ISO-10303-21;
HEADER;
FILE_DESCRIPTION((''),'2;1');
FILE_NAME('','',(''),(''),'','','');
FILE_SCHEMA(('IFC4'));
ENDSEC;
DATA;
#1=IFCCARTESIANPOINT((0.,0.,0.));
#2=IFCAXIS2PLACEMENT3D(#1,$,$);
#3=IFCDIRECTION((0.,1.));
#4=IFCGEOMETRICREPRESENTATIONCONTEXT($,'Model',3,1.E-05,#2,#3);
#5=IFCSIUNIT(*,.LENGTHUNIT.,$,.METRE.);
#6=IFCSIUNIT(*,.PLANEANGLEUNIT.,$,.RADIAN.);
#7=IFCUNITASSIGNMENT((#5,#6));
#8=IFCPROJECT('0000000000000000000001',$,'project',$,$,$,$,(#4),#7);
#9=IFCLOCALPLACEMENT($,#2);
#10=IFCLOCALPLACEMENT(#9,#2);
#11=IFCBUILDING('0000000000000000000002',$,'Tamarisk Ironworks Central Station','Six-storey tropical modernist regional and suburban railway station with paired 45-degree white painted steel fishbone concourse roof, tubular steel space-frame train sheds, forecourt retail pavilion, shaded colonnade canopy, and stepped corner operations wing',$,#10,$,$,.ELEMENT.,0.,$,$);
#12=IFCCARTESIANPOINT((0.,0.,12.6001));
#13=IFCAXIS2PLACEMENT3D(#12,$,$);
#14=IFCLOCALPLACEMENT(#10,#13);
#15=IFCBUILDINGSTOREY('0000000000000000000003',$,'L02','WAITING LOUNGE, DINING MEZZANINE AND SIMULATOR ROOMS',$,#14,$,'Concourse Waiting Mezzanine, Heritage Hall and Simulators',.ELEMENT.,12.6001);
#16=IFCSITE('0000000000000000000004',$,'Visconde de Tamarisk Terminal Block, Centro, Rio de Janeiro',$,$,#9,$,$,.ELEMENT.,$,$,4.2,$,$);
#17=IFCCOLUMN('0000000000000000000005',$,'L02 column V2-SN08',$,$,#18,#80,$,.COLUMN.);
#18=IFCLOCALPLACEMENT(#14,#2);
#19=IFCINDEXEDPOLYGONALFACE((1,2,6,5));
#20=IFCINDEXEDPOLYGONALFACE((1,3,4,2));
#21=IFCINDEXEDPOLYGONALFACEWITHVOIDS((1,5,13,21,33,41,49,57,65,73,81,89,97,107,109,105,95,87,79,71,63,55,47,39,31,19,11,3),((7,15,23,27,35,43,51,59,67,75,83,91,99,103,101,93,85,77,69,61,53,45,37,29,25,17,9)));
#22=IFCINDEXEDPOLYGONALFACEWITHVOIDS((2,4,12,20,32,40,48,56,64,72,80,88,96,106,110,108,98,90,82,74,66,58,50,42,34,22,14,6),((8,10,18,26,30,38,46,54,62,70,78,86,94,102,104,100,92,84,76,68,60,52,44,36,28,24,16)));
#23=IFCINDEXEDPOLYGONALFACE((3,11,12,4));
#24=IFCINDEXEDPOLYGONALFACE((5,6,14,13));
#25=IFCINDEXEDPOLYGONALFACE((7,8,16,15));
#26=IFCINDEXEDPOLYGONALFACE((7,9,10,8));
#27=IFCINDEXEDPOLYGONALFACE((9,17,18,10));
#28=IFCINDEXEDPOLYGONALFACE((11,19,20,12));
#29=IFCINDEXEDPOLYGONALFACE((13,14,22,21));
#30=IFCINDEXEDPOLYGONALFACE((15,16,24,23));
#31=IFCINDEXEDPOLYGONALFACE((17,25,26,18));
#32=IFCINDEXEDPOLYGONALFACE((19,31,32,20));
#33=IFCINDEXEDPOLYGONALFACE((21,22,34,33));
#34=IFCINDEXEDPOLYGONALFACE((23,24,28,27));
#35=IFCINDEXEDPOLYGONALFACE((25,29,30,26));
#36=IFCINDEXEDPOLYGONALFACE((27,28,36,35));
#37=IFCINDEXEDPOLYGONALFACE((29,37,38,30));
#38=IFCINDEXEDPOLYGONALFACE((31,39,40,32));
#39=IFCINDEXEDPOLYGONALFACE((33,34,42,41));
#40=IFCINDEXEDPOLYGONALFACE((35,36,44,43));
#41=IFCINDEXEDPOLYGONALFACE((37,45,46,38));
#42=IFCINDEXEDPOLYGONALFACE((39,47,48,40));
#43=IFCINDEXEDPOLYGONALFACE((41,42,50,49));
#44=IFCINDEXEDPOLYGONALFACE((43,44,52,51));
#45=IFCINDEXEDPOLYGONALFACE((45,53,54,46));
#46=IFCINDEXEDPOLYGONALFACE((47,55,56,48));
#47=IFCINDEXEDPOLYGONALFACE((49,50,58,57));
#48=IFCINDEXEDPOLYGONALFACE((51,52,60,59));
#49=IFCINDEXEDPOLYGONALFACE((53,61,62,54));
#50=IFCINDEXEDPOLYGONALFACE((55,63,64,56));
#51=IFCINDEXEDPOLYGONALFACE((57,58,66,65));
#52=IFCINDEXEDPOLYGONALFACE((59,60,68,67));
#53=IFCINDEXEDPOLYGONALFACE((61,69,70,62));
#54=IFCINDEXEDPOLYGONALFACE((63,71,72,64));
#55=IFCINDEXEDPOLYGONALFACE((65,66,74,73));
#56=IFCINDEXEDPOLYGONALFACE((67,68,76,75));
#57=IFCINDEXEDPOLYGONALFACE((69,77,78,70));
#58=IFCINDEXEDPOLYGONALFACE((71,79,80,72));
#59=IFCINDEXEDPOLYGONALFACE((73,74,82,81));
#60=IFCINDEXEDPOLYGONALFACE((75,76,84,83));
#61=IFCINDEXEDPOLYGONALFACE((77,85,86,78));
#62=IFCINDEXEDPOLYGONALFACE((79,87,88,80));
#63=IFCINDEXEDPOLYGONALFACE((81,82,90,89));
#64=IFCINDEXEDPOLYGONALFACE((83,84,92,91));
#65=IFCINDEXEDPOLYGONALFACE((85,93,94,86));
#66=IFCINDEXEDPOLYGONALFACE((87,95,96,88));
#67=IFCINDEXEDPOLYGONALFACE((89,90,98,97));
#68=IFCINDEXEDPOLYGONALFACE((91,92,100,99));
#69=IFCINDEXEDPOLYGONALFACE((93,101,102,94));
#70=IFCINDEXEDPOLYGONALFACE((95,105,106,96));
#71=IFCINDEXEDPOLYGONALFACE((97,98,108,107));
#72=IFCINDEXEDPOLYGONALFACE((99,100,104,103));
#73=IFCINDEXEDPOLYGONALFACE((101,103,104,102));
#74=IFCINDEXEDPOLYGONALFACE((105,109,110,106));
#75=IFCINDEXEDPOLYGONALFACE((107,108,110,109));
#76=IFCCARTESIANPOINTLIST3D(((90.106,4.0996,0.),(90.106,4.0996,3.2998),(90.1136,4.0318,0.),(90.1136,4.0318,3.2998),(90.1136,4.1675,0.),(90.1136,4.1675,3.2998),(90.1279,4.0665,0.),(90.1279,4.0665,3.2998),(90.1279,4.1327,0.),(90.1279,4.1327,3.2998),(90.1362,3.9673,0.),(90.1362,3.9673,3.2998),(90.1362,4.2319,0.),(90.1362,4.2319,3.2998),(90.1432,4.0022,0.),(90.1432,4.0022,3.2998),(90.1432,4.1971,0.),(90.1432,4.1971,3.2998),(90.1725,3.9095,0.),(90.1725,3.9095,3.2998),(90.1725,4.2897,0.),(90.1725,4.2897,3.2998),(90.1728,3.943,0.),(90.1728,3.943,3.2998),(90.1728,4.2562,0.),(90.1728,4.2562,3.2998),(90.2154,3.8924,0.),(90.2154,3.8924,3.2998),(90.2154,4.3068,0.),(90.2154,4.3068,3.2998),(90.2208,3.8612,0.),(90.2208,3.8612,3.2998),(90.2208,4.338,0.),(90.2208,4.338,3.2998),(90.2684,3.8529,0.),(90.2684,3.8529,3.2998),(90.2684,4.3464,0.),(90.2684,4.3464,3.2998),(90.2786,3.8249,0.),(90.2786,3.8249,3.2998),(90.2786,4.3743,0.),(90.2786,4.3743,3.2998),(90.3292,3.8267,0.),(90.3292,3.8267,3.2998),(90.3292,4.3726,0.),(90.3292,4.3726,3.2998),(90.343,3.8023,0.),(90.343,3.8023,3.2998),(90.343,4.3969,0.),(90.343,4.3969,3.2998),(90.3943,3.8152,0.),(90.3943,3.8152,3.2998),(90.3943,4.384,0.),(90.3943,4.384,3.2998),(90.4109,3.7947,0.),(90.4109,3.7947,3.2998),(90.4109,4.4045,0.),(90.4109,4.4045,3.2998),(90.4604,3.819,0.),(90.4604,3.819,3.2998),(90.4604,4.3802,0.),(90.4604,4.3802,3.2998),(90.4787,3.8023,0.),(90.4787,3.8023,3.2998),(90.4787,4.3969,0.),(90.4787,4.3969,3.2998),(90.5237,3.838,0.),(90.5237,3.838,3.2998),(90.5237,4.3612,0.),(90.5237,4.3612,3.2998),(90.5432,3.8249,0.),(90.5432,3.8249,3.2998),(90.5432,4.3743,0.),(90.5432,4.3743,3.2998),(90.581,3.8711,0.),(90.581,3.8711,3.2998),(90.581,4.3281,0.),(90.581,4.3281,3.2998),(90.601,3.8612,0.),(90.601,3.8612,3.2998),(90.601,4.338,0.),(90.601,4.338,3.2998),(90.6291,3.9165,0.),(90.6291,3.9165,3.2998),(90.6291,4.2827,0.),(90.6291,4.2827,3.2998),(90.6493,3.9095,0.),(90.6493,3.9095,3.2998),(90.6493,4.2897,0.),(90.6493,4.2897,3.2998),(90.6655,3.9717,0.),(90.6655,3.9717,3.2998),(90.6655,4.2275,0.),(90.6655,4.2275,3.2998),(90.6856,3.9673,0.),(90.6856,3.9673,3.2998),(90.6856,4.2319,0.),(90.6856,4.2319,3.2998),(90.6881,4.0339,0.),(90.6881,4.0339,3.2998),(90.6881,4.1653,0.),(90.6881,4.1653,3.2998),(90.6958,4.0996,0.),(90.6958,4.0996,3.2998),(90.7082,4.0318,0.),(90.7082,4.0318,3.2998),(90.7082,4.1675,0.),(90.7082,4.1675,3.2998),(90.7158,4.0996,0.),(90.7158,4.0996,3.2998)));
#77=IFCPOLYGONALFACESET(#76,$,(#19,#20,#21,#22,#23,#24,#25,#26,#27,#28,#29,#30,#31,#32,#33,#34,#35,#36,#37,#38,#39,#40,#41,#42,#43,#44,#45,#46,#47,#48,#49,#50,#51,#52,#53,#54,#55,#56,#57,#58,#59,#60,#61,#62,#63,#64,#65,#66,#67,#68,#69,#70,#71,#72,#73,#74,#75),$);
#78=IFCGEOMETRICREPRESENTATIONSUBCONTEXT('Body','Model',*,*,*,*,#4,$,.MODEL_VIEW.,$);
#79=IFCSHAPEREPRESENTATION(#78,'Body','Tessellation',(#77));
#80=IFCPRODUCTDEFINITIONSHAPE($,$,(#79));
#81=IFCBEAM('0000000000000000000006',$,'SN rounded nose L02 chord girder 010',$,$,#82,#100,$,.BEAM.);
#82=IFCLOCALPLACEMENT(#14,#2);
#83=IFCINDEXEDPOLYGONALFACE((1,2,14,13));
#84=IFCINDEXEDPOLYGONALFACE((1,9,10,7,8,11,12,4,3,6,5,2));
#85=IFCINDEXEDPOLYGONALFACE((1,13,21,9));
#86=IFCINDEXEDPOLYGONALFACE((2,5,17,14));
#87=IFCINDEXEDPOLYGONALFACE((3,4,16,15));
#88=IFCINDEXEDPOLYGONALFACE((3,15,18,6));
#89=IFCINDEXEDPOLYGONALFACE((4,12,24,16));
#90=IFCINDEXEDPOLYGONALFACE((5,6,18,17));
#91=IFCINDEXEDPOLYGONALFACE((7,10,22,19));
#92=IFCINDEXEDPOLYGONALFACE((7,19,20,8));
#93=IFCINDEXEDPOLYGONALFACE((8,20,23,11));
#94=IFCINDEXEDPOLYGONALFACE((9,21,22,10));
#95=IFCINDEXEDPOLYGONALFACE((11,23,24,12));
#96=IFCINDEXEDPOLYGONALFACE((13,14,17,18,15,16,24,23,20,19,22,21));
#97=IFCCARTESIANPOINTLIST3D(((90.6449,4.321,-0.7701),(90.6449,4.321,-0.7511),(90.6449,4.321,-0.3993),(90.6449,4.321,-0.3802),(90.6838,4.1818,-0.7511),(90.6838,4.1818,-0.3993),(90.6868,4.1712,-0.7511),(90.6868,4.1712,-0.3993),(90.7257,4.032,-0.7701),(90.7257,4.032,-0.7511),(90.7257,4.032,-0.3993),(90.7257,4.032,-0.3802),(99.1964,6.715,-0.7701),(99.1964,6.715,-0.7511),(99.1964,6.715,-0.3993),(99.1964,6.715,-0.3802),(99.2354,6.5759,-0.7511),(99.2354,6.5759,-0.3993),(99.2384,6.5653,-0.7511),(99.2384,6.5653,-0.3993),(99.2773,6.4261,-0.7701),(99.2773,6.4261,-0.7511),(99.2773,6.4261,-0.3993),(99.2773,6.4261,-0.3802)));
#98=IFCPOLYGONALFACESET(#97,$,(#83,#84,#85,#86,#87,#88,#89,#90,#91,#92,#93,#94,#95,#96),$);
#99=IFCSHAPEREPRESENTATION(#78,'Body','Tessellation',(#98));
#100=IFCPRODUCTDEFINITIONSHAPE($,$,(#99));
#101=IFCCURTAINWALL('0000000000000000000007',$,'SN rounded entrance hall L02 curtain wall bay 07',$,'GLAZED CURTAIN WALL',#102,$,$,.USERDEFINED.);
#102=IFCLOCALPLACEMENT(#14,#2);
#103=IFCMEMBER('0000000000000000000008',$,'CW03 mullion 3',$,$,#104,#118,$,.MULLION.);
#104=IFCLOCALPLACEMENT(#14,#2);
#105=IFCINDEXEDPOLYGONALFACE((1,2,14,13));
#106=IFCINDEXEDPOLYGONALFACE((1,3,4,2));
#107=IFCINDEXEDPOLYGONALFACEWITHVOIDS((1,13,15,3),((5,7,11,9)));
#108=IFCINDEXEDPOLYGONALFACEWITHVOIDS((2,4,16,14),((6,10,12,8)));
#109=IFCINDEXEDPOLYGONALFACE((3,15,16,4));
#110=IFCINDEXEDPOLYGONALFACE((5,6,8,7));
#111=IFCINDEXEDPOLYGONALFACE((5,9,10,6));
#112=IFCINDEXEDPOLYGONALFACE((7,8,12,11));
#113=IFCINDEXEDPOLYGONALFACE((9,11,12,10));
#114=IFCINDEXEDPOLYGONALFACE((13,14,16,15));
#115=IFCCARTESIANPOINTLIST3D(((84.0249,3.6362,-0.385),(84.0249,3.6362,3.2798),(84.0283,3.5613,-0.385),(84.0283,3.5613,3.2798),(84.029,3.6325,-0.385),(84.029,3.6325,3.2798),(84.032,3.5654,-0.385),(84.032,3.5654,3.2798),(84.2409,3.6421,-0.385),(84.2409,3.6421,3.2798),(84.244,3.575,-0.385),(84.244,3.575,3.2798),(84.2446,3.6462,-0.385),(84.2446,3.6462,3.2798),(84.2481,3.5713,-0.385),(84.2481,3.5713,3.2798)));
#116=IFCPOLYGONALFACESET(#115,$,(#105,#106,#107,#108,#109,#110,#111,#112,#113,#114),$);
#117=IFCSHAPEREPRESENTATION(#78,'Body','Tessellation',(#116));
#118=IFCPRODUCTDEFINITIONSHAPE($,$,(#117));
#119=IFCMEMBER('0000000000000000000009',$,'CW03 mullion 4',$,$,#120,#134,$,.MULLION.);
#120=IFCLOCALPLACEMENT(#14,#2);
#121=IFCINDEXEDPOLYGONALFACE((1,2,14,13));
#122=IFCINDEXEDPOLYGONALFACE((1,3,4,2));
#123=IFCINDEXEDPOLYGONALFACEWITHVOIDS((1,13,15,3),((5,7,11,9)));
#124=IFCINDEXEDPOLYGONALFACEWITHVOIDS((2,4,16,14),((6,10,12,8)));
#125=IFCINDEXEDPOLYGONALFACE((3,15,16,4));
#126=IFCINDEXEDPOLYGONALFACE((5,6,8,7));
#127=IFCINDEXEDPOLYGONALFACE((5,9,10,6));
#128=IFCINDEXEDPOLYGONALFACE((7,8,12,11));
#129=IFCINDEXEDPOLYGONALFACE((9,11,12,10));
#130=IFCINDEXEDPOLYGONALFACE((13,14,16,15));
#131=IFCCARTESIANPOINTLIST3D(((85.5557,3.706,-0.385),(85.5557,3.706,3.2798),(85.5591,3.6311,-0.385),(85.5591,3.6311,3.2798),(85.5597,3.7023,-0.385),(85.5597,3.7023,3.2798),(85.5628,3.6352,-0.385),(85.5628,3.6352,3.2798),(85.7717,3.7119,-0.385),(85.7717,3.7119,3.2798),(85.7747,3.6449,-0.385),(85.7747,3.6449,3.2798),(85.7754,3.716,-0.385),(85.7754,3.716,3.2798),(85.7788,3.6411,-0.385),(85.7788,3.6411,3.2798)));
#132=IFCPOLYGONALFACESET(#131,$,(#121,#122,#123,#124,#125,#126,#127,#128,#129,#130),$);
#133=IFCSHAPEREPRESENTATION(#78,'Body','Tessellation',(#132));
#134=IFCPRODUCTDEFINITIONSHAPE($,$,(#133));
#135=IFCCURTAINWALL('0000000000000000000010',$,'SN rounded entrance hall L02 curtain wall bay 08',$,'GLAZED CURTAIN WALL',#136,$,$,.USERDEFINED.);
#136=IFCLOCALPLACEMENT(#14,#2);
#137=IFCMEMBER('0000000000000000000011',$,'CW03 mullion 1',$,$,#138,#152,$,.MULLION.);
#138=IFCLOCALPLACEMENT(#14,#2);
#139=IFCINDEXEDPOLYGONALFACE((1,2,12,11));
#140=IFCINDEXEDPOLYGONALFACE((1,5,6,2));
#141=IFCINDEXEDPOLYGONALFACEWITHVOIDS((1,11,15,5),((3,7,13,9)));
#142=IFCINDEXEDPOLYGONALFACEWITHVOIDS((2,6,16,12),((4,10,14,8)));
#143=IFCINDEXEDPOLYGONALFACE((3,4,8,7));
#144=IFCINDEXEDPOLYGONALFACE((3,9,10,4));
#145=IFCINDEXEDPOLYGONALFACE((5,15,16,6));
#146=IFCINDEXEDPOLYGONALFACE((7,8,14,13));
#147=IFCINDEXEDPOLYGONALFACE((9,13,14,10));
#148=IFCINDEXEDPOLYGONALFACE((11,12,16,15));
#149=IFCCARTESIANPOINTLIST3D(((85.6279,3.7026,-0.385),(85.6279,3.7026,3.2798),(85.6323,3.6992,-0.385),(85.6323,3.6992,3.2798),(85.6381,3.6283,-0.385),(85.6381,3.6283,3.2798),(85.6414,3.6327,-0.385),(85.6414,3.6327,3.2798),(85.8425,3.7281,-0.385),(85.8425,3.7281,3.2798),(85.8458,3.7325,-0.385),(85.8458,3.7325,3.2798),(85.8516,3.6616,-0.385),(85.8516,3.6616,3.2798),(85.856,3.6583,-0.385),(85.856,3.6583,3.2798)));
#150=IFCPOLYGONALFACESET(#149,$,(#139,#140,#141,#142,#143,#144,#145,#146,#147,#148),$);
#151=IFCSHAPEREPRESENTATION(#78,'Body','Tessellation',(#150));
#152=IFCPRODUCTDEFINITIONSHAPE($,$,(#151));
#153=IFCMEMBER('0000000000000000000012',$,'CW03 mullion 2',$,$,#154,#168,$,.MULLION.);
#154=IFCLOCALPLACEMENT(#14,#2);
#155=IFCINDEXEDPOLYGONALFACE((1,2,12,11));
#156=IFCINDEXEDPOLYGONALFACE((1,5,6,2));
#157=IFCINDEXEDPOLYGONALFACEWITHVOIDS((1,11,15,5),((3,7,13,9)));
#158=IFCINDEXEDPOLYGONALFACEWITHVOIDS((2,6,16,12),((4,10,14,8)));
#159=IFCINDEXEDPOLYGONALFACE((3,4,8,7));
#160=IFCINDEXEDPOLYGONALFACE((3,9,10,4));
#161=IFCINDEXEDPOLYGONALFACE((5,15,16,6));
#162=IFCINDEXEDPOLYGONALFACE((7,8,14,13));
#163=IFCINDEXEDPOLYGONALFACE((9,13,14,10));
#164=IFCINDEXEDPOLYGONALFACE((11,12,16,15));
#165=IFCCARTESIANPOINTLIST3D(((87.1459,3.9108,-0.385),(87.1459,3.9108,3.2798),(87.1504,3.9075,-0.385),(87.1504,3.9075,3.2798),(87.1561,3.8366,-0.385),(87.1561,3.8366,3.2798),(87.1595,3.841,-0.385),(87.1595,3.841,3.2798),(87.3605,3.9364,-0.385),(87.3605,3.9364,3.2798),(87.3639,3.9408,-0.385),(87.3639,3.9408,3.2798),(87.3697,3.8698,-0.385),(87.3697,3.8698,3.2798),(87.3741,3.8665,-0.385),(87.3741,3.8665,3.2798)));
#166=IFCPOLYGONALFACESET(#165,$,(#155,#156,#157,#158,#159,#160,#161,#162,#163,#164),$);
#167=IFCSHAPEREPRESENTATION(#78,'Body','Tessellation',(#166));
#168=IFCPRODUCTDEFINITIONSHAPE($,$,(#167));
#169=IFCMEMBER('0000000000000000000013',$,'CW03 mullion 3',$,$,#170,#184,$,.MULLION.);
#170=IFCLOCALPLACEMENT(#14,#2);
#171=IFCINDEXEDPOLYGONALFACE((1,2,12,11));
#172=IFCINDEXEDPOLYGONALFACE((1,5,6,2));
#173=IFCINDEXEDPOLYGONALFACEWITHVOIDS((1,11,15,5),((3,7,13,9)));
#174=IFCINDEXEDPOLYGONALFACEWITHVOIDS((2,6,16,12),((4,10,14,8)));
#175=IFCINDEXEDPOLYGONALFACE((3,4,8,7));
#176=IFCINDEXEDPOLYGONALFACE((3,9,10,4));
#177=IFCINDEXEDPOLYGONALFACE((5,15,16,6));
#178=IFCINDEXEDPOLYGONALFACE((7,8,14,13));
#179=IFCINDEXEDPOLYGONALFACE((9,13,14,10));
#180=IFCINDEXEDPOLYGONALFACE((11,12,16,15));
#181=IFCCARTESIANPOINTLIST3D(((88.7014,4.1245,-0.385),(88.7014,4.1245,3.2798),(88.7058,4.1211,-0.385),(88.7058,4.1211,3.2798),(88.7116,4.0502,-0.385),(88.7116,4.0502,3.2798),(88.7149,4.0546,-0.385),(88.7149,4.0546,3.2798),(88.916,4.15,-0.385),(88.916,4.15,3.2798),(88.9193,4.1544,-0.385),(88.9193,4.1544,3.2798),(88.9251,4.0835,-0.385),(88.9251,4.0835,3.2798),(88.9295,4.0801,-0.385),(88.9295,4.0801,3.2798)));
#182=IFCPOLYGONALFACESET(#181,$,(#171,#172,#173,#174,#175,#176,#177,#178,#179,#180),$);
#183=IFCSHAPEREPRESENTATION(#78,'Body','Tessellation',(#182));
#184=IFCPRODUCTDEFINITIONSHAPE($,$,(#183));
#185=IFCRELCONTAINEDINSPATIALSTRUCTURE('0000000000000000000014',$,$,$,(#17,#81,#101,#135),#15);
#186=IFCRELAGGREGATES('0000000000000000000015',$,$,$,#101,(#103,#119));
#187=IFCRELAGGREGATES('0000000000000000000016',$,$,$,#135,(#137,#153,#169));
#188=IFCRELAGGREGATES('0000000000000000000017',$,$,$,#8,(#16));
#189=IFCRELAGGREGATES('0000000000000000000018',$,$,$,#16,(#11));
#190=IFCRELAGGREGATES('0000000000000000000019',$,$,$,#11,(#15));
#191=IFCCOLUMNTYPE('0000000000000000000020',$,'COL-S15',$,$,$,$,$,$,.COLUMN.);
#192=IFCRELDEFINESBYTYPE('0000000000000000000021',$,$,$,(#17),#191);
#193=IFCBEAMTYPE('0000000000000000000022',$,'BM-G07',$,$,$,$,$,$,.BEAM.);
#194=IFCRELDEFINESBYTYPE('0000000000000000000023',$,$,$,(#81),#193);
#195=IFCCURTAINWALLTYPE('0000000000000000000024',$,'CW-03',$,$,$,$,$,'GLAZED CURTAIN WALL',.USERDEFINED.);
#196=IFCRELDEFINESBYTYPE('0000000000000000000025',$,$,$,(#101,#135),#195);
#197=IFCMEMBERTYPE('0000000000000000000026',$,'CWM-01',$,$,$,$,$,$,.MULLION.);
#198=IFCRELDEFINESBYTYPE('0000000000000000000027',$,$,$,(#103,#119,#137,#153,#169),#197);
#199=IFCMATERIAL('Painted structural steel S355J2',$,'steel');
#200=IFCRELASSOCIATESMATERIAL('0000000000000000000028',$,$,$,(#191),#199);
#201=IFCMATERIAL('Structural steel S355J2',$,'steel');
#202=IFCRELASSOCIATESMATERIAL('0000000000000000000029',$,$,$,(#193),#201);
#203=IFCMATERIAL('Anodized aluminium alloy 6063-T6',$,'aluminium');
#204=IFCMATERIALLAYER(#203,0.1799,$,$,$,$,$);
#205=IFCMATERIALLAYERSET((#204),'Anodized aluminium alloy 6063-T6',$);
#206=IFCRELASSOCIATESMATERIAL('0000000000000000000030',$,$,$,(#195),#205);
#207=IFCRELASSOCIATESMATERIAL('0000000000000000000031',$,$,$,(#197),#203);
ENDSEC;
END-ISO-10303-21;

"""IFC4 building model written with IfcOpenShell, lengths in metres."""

from ifc_helpers import new_model, si_unit, direction, frame, origin, origin_2d, place, context, subcontext, project, spatial, hollow_rectangle, hollow_circle, i_section, extrude, material, layer, layer_set, material_profile, profile_set, type_object, element, aggregate, save


model = new_model("IFC4")

# Units and contexts
model_context = context("Model", 3, precision=1e-05, world=origin(), true_north=direction((0.0, 1.0)))
body_context = subcontext(model_context, "Body", "Model", "MODEL_VIEW")
ifc_project = project(units=[si_unit("LENGTHUNIT", "METRE"), si_unit("PLANEANGLEUNIT", "RADIAN")], contexts=[model_context])

# Site, building, storey
site_placement = place(None, origin())
site = spatial("IfcSite", under=ifc_project, at=site_placement, Name="Visconde de Tamarisk Terminal Block, Centro, Rio de Janeiro", CompositionType="ELEMENT", RefElevation=4.2)
building_placement = place(site_placement, origin())
building = spatial("IfcBuilding", under=site, at=building_placement, Name="Tamarisk Ironworks Central Station", Description="Six-storey tropical modernist regional and suburban railway station with paired 45-degree white painted steel fishbone concourse roof, tubular steel space-frame train sheds, forecourt retail pavilion, shaded colonnade canopy, and stepped corner operations wing", CompositionType="ELEMENT", ElevationOfRefHeight=0.0)
storey_placement = place(building_placement, frame((0.0, 0.0, 12.6001)))
storey = spatial("IfcBuildingStorey", under=building, at=storey_placement, Name="L02", Description="WAITING LOUNGE, DINING MEZZANINE AND SIMULATOR ROOMS", LongName="Concourse Waiting Mezzanine, Heritage Hall and Simulators", CompositionType="ELEMENT", Elevation=12.6001)

# Column
ifc_material_1 = material(Name="Painted structural steel S355J2", Category="steel")
ifc_material_profile_1 = material_profile(ifc_material_1, hollow_circle(Radius=0.3049, WallThickness=0.02, at=origin_2d()), Name="CHS 610x20")
ifc_profile_set_1 = profile_set([ifc_material_profile_1], Name="Painted structural steel S355J2")
column_type = type_object("IfcColumnType", Name="COL-S15", PredefinedType="COLUMN", material=ifc_profile_set_1)
column_placement = place(storey_placement, frame((90.4109, 4.0996, 0.0), z_axis=(0.0, 0.0, 1.0), x_axis=(1.0, 0.0, 0.0)))
element("IfcColumn", 1, at=column_placement, inside=storey, type_object=column_type, Name="L02 column V2-SN08", PredefinedType="COLUMN", context=body_context, shape_type="SweptSolid", body=[
    extrude(hollow_circle(Radius=0.3049, WallThickness=0.02, at=origin_2d()), origin(), (0.0, 0.0, 1.0), 3.2998),
])

# Beam
ifc_material_2 = material(Name="Structural steel S355J2", Category="steel")
ifc_material_profile_2 = material_profile(ifc_material_2, i_section(OverallWidth=0.3, OverallDepth=0.3899, WebThickness=0.011, FlangeThickness=0.019, at=origin_2d()), Name="HEA 400")
ifc_profile_set_2 = profile_set([ifc_material_profile_2], Name="Structural steel S355J2")
beam_type = type_object("IfcBeamType", Name="BM-G07", PredefinedType="BEAM", material=ifc_profile_set_2)
beam_placement = place(storey_placement, frame((90.6853, 4.1765, -0.5752), z_axis=(0.962975, 0.26959, 0.0), x_axis=(-0.26959, 0.962975, 0.0)))
element("IfcBeam", 2, at=beam_placement, inside=storey, type_object=beam_type, Name="SN rounded nose L02 chord girder 010", PredefinedType="BEAM", context=body_context, shape_type="SweptSolid", body=[
    extrude(i_section(OverallWidth=0.3, OverallDepth=0.3899, WebThickness=0.011, FlangeThickness=0.019, at=origin_2d()), origin(), (0.0, 0.0, 1.0), 8.8804),
])

# Curtain walls, members
ifc_material_3 = material(Name="Anodized aluminium alloy 6063-T6", Category="aluminium")
ifc_layer_1 = layer(ifc_material_3, 0.1799)
ifc_layer_set_1 = layer_set([ifc_layer_1], Name="Anodized aluminium alloy 6063-T6")
curtain_wall_type = type_object("IfcCurtainWallType", Name="CW-03", ElementType="GLAZED CURTAIN WALL", PredefinedType="USERDEFINED", material=ifc_layer_set_1)
curtain_wall_1_placement = place(storey_placement, origin())
curtain_wall_1 = element("IfcCurtainWall", 3, at=curtain_wall_1_placement, inside=storey, type_object=curtain_wall_type, Name="SN rounded entrance hall L02 curtain wall bay 07", ObjectType="GLAZED CURTAIN WALL", PredefinedType="USERDEFINED")
ifc_material_profile_3 = material_profile(ifc_material_3, hollow_rectangle(XDim=0.075, YDim=0.22, WallThickness=0.0039, at=origin_2d()), Name="ALUM 220x75")
ifc_profile_set_3 = profile_set([ifc_material_profile_3], Name="Anodized aluminium alloy 6063-T6")
member_type_1 = type_object("IfcMemberType", Name="CWM-01", PredefinedType="MULLION", material=ifc_profile_set_3)
member_1_placement = place(storey_placement, frame((84.1365, 3.6038, -0.385), z_axis=(0.0, 0.0, 1.0), x_axis=(-0.045481, 0.998965, 0.0)))
member_1 = element("IfcMember", 4, at=member_1_placement, type_object=member_type_1, Name="CW03 mullion 3", PredefinedType="MULLION", context=body_context, shape_type="SweptSolid", body=[
    extrude(hollow_rectangle(XDim=0.075, YDim=0.22, WallThickness=0.0039, at=origin_2d()), origin(), (0.0, 0.0, 1.0), 3.6648),
])
member_2_placement = place(storey_placement, frame((85.6672, 3.6736, -0.385), z_axis=(0.0, 0.0, 1.0), x_axis=(-0.045481, 0.998965, 0.0)))
member_2 = element("IfcMember", 5, at=member_2_placement, type_object=member_type_1, Name="CW03 mullion 4", PredefinedType="MULLION", context=body_context, shape_type="SweptSolid", body=[
    extrude(hollow_rectangle(XDim=0.075, YDim=0.22, WallThickness=0.0039, at=origin_2d()), origin(), (0.0, 0.0, 1.0), 3.6648),
])
curtain_wall_2_placement = place(storey_placement, origin())
curtain_wall_2 = element("IfcCurtainWall", 6, at=curtain_wall_2_placement, inside=storey, type_object=curtain_wall_type, Name="SN rounded entrance hall L02 curtain wall bay 08", ObjectType="GLAZED CURTAIN WALL", PredefinedType="USERDEFINED")
member_3_placement = place(storey_placement, frame((85.7419, 3.6804, -0.385), z_axis=(0.0, 0.0, 1.0), x_axis=(-0.136042, 0.990703, 0.0)))
member_3 = element("IfcMember", 7, at=member_3_placement, type_object=member_type_1, Name="CW03 mullion 1", PredefinedType="MULLION", context=body_context, shape_type="SweptSolid", body=[
    extrude(hollow_rectangle(XDim=0.075, YDim=0.22, WallThickness=0.0039, at=origin_2d()), origin(), (0.0, 0.0, 1.0), 3.6648),
])
member_4_placement = place(storey_placement, frame((87.26, 3.8887, -0.385), z_axis=(0.0, 0.0, 1.0), x_axis=(-0.136042, 0.990703, 0.0)))
member_4 = element("IfcMember", 8, at=member_4_placement, type_object=member_type_1, Name="CW03 mullion 2", PredefinedType="MULLION", context=body_context, shape_type="SweptSolid", body=[
    extrude(hollow_rectangle(XDim=0.075, YDim=0.22, WallThickness=0.0039, at=origin_2d()), origin(), (0.0, 0.0, 1.0), 3.6648),
])
member_5_placement = place(storey_placement, frame((88.8154, 4.1023, -0.385), z_axis=(0.0, 0.0, 1.0), x_axis=(-0.136042, 0.990703, 0.0)))
member_5 = element("IfcMember", 9, at=member_5_placement, type_object=member_type_1, Name="CW03 mullion 3", PredefinedType="MULLION", context=body_context, shape_type="SweptSolid", body=[
    extrude(hollow_rectangle(XDim=0.075, YDim=0.22, WallThickness=0.0039, at=origin_2d()), origin(), (0.0, 0.0, 1.0), 3.6648),
])

aggregate(curtain_wall_1, [member_1, member_2])
aggregate(curtain_wall_2, [member_3, member_4, member_5])

save(model, "model.ifc")
